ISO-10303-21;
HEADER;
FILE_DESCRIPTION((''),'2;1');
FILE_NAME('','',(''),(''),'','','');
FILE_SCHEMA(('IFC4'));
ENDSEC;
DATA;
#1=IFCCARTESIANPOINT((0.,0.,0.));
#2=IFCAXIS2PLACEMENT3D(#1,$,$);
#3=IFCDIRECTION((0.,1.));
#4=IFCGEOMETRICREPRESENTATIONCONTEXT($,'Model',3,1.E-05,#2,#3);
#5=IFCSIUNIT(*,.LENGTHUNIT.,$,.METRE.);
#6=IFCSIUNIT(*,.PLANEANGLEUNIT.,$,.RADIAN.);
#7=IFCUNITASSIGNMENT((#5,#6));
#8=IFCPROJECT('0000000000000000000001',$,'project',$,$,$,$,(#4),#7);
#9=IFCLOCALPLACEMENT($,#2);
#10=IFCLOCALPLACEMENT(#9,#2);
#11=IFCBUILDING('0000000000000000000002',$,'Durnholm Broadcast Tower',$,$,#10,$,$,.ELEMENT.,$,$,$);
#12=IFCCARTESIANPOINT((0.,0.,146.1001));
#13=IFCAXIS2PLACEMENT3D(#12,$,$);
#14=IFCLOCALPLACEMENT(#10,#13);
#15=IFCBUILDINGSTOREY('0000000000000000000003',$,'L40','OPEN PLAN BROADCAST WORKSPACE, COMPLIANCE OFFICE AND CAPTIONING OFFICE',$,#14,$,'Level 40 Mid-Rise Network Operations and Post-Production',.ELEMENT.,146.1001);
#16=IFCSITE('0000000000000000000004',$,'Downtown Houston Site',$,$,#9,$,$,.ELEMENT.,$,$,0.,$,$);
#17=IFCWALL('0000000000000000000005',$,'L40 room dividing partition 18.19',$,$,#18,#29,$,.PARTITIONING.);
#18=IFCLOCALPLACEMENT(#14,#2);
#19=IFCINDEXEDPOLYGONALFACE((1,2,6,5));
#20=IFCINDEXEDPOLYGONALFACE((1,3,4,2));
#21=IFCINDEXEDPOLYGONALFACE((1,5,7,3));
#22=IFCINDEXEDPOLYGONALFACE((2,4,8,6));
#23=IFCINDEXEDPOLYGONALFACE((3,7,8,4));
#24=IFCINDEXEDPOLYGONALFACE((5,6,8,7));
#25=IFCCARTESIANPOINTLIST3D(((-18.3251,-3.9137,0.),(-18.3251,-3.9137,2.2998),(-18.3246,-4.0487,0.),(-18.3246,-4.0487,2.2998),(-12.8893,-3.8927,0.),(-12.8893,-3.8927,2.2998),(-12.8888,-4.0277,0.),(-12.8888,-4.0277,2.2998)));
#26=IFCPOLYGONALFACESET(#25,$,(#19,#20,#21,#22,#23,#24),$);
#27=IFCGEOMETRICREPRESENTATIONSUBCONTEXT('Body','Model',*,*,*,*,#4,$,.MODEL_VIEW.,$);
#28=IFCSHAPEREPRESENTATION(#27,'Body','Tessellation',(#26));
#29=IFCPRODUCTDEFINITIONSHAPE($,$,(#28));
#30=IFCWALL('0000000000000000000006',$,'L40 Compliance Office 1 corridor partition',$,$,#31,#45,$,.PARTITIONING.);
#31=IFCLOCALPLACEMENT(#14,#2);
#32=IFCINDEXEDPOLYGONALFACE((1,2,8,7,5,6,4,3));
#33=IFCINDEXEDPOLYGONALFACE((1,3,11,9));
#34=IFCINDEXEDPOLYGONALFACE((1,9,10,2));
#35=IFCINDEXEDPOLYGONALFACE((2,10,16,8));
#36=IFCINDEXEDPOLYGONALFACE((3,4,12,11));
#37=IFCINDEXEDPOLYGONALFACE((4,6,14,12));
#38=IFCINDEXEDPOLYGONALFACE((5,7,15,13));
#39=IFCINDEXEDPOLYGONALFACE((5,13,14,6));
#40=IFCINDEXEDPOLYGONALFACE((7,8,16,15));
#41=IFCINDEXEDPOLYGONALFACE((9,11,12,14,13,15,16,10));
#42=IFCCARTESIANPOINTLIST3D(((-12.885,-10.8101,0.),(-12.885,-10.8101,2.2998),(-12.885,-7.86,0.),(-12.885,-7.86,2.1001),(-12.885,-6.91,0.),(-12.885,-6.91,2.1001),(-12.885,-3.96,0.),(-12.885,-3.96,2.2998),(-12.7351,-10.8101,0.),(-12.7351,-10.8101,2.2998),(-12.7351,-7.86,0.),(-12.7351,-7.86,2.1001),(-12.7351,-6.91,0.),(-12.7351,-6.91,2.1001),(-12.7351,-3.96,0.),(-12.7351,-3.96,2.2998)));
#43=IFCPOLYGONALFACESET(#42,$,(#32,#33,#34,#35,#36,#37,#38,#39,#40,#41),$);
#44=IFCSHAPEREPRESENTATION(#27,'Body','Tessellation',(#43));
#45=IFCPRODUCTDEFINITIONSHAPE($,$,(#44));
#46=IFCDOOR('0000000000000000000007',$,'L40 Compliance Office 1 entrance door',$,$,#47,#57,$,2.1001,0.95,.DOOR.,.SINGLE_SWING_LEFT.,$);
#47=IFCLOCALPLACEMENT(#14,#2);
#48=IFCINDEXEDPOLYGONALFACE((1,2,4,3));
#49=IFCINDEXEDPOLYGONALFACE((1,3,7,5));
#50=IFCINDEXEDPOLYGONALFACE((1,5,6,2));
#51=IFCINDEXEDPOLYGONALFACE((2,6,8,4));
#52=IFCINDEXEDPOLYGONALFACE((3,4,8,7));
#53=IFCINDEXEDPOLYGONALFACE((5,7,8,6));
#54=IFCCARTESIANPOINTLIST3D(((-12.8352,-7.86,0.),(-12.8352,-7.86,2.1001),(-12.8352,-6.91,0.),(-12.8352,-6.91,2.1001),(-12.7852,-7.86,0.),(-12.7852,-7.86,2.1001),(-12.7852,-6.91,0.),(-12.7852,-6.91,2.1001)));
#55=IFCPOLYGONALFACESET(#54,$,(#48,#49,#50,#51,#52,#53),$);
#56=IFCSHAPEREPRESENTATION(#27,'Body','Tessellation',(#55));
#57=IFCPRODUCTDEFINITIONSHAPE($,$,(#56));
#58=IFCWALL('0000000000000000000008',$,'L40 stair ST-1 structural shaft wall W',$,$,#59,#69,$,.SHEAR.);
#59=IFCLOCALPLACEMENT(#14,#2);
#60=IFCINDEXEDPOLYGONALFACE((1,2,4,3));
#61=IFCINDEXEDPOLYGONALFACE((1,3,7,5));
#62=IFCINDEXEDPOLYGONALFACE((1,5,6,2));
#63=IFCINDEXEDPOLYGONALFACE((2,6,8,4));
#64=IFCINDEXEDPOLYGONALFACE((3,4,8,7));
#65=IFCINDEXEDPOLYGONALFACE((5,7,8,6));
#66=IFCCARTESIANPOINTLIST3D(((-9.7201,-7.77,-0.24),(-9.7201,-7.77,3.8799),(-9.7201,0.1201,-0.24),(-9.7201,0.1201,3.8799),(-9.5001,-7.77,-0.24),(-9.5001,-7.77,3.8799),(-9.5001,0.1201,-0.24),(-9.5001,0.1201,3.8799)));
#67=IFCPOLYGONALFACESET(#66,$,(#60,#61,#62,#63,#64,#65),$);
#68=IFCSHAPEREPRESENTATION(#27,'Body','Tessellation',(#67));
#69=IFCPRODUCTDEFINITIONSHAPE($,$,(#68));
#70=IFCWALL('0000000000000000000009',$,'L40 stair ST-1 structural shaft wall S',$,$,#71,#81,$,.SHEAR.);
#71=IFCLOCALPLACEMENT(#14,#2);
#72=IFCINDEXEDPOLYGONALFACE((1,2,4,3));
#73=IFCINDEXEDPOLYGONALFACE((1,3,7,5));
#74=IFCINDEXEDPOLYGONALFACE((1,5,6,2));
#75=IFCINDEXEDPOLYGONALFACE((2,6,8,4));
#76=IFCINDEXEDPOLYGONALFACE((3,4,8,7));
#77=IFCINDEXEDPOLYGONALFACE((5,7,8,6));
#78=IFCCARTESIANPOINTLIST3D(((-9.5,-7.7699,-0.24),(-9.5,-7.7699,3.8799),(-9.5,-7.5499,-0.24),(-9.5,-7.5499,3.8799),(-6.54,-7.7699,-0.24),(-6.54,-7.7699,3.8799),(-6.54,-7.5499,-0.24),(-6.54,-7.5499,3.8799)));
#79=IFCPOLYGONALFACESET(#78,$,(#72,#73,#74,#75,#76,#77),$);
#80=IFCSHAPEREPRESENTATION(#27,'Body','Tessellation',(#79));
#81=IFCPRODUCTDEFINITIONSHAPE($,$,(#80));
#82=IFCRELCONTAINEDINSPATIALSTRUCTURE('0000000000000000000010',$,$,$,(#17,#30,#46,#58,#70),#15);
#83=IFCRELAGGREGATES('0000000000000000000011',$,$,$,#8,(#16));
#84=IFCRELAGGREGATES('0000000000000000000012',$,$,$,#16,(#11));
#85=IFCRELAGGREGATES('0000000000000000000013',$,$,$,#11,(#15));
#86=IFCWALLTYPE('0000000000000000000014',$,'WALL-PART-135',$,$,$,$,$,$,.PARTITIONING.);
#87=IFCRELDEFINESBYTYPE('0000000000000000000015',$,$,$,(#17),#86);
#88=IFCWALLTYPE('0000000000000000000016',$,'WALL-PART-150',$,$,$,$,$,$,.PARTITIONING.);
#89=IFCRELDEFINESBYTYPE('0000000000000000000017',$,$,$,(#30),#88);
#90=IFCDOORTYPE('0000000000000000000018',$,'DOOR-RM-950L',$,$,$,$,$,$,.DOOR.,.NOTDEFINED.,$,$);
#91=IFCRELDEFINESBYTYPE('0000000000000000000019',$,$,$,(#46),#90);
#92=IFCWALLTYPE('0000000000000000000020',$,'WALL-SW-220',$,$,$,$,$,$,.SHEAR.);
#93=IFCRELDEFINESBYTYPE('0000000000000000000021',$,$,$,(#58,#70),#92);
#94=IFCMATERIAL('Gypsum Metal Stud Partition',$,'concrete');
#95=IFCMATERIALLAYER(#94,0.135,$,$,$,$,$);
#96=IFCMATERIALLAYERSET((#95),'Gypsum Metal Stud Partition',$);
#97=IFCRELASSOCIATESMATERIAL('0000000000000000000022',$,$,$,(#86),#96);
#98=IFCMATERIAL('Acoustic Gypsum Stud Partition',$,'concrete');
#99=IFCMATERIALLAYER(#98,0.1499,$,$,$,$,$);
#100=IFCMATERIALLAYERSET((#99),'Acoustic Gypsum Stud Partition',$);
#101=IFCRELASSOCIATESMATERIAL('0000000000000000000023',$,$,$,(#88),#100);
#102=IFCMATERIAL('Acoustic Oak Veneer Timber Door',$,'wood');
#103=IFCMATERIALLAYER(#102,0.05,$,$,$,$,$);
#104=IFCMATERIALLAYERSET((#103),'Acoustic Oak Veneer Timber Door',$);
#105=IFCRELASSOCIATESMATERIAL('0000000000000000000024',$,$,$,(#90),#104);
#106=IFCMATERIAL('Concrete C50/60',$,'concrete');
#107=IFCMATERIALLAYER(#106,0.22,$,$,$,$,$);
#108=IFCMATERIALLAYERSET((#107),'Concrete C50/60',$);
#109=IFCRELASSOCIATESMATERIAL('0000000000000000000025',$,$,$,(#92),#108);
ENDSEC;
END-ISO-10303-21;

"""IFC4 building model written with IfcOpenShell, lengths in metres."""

from ifc_helpers import new_model, si_unit, direction, frame, frame_2d, origin, place, context, subcontext, project, spatial, rectangle, extrude, source, transform, mapped, material, layer, layer_set, type_object, type_shapes, element, fill, save


model = new_model("IFC4")

# Units and contexts
model_context = context("Model", 3, precision=1e-05, world=origin(), true_north=direction((0.0, 1.0)))
body_context = subcontext(model_context, "Body", "Model", "MODEL_VIEW")
ifc_project = project(units=[si_unit("LENGTHUNIT", "METRE"), si_unit("PLANEANGLEUNIT", "RADIAN")], contexts=[model_context])

# Site, building, storey
site_placement = place(None, origin())
site = spatial("IfcSite", under=ifc_project, at=site_placement, Name="Downtown Houston Site", CompositionType="ELEMENT", RefElevation=0.0)
building_placement = place(site_placement, origin())
building = spatial("IfcBuilding", under=site, at=building_placement, Name="Durnholm Broadcast Tower", CompositionType="ELEMENT")
storey_placement = place(building_placement, frame((0.0, 0.0, 146.1001)))
storey = spatial("IfcBuildingStorey", under=building, at=storey_placement, Name="L40", Description="OPEN PLAN BROADCAST WORKSPACE, COMPLIANCE OFFICE AND CAPTIONING OFFICE", LongName="Level 40 Mid-Rise Network Operations and Post-Production", CompositionType="ELEMENT", Elevation=146.1001)

# Wall
ifc_material_1 = material(Name="Gypsum Metal Stud Partition", Category="concrete")
ifc_layer_1 = layer(ifc_material_1, 0.135)
ifc_layer_set_1 = layer_set([ifc_layer_1], Name="Gypsum Metal Stud Partition")
wall_type_1 = type_object("IfcWallType", Name="WALL-PART-135", PredefinedType="PARTITIONING", material=ifc_layer_set_1)
wall_1_placement = place(storey_placement, frame((-18.3247, -3.9812, 0.0), z_axis=(0.0, 0.0, 1.0), x_axis=(0.999993, 0.003863, 0.0)))
element("IfcWall", 1, at=wall_1_placement, inside=storey, type_object=wall_type_1, Name="L40 room dividing partition 18.19", PredefinedType="PARTITIONING", context=body_context, shape_type="SweptSolid", body=[
    extrude(rectangle(XDim=5.4358, YDim=0.135, at=frame_2d((2.7178, 0.0))), origin(), (0.0, 0.0, 1.0), 2.2998),
])

# Wall, opening, door
ifc_material_2 = material(Name="Acoustic Gypsum Stud Partition", Category="concrete")
ifc_layer_2 = layer(ifc_material_2, 0.1499)
ifc_layer_set_2 = layer_set([ifc_layer_2], Name="Acoustic Gypsum Stud Partition")
wall_type_2 = type_object("IfcWallType", Name="WALL-PART-150", PredefinedType="PARTITIONING", material=ifc_layer_set_2)
wall_2_placement = place(storey_placement, frame((-12.8101, -3.96, 0.0), z_axis=(0.0, 0.0, 1.0), x_axis=(0.0, -1.0, 0.0)))
wall_2 = element("IfcWall", 2, at=wall_2_placement, inside=storey, type_object=wall_type_2, Name="L40 Compliance Office 1 corridor partition", PredefinedType="PARTITIONING", context=body_context, shape_type="SweptSolid", body=[
    extrude(rectangle(XDim=6.8501, YDim=0.1499, at=frame_2d((3.425, 0.0))), origin(), (0.0, 0.0, 1.0), 2.2998),
])
opening_placement = place(wall_2_placement, frame((2.95, 0.0, 0.0)))
opening = element("IfcOpeningElement", 3, at=opening_placement, cuts=wall_2, PredefinedType="OPENING", context=body_context, shape_type="SweptSolid", body=[
    extrude(rectangle(XDim=0.95, YDim=2.1001, at=frame_2d((0.4751, 1.05))), frame((0.0, 0.085, 0.0), z_axis=(0.0, -1.0, 0.0), x_axis=(1.0, 0.0, 0.0)), (0.0, 0.0, 1.0), 0.1699),
])
ifc_material_3 = material(Name="Acoustic Oak Veneer Timber Door", Category="wood")
ifc_layer_3 = layer(ifc_material_3, 0.05)
ifc_layer_set_3 = layer_set([ifc_layer_3], Name="Acoustic Oak Veneer Timber Door")
door_type = type_object("IfcDoorType", Name="DOOR-RM-950L", OperationType="NOTDEFINED", PredefinedType="DOOR", material=ifc_layer_set_3)
shared_shape_1 = source(origin(), body_context, "Body", "SweptSolid", [
    extrude(rectangle(XDim=0.95, YDim=2.1001, at=frame_2d((0.4751, 1.05))), frame((0.0, 0.0249, 0.0), z_axis=(0.0, -1.0, 0.0), x_axis=(1.0, 0.0, 0.0)), (0.0, 0.0, 1.0), 0.05),
])
type_shapes(door_type, [shared_shape_1])
door_placement = place(opening_placement, origin())
door = element("IfcDoor", 4, at=door_placement, inside=storey, type_object=door_type, Name="L40 Compliance Office 1 entrance door", OperationType="SINGLE_SWING_LEFT", OverallHeight=2.1001, OverallWidth=0.95, PredefinedType="DOOR", context=body_context, shape_type="MappedRepresentation", body=[
    mapped(shared_shape_1, transform((0.0, 0.0, 0.0), x_axis=(1.0, 0.0, 0.0), y_axis=(0.0, 1.0, 0.0), z_axis=(0.0, 0.0, 1.0), scale=1.0)),
])
fill(opening, door)

# Walls
ifc_material_4 = material(Name="Concrete C50/60", Category="concrete")
ifc_layer_4 = layer(ifc_material_4, 0.22)
ifc_layer_set_4 = layer_set([ifc_layer_4], Name="Concrete C50/60")
wall_type_3 = type_object("IfcWallType", Name="WALL-SW-220", PredefinedType="SHEAR", material=ifc_layer_set_4)
wall_3_placement = place(storey_placement, frame((-9.6101, 0.1201, -0.24), z_axis=(0.0, 0.0, 1.0), x_axis=(0.0, -1.0, 0.0)))
element("IfcWall", 5, at=wall_3_placement, inside=storey, type_object=wall_type_3, Name="L40 stair ST-1 structural shaft wall W", PredefinedType="SHEAR", context=body_context, shape_type="SweptSolid", body=[
    extrude(rectangle(XDim=7.8901, YDim=0.22, at=frame_2d((3.9451, 0.0))), origin(), (0.0, 0.0, 1.0), 4.1199),
])
wall_4_placement = place(storey_placement, frame((-9.5, -7.6599, -0.24), z_axis=(0.0, 0.0, 1.0), x_axis=(1.0, 0.0, 0.0)))
element("IfcWall", 6, at=wall_4_placement, inside=storey, type_object=wall_type_3, Name="L40 stair ST-1 structural shaft wall S", PredefinedType="SHEAR", context=body_context, shape_type="SweptSolid", body=[
    extrude(rectangle(XDim=2.96, YDim=0.22, at=frame_2d((1.48, 0.0))), origin(), (0.0, 0.0, 1.0), 4.1199),
])

save(model, "model.ifc")
